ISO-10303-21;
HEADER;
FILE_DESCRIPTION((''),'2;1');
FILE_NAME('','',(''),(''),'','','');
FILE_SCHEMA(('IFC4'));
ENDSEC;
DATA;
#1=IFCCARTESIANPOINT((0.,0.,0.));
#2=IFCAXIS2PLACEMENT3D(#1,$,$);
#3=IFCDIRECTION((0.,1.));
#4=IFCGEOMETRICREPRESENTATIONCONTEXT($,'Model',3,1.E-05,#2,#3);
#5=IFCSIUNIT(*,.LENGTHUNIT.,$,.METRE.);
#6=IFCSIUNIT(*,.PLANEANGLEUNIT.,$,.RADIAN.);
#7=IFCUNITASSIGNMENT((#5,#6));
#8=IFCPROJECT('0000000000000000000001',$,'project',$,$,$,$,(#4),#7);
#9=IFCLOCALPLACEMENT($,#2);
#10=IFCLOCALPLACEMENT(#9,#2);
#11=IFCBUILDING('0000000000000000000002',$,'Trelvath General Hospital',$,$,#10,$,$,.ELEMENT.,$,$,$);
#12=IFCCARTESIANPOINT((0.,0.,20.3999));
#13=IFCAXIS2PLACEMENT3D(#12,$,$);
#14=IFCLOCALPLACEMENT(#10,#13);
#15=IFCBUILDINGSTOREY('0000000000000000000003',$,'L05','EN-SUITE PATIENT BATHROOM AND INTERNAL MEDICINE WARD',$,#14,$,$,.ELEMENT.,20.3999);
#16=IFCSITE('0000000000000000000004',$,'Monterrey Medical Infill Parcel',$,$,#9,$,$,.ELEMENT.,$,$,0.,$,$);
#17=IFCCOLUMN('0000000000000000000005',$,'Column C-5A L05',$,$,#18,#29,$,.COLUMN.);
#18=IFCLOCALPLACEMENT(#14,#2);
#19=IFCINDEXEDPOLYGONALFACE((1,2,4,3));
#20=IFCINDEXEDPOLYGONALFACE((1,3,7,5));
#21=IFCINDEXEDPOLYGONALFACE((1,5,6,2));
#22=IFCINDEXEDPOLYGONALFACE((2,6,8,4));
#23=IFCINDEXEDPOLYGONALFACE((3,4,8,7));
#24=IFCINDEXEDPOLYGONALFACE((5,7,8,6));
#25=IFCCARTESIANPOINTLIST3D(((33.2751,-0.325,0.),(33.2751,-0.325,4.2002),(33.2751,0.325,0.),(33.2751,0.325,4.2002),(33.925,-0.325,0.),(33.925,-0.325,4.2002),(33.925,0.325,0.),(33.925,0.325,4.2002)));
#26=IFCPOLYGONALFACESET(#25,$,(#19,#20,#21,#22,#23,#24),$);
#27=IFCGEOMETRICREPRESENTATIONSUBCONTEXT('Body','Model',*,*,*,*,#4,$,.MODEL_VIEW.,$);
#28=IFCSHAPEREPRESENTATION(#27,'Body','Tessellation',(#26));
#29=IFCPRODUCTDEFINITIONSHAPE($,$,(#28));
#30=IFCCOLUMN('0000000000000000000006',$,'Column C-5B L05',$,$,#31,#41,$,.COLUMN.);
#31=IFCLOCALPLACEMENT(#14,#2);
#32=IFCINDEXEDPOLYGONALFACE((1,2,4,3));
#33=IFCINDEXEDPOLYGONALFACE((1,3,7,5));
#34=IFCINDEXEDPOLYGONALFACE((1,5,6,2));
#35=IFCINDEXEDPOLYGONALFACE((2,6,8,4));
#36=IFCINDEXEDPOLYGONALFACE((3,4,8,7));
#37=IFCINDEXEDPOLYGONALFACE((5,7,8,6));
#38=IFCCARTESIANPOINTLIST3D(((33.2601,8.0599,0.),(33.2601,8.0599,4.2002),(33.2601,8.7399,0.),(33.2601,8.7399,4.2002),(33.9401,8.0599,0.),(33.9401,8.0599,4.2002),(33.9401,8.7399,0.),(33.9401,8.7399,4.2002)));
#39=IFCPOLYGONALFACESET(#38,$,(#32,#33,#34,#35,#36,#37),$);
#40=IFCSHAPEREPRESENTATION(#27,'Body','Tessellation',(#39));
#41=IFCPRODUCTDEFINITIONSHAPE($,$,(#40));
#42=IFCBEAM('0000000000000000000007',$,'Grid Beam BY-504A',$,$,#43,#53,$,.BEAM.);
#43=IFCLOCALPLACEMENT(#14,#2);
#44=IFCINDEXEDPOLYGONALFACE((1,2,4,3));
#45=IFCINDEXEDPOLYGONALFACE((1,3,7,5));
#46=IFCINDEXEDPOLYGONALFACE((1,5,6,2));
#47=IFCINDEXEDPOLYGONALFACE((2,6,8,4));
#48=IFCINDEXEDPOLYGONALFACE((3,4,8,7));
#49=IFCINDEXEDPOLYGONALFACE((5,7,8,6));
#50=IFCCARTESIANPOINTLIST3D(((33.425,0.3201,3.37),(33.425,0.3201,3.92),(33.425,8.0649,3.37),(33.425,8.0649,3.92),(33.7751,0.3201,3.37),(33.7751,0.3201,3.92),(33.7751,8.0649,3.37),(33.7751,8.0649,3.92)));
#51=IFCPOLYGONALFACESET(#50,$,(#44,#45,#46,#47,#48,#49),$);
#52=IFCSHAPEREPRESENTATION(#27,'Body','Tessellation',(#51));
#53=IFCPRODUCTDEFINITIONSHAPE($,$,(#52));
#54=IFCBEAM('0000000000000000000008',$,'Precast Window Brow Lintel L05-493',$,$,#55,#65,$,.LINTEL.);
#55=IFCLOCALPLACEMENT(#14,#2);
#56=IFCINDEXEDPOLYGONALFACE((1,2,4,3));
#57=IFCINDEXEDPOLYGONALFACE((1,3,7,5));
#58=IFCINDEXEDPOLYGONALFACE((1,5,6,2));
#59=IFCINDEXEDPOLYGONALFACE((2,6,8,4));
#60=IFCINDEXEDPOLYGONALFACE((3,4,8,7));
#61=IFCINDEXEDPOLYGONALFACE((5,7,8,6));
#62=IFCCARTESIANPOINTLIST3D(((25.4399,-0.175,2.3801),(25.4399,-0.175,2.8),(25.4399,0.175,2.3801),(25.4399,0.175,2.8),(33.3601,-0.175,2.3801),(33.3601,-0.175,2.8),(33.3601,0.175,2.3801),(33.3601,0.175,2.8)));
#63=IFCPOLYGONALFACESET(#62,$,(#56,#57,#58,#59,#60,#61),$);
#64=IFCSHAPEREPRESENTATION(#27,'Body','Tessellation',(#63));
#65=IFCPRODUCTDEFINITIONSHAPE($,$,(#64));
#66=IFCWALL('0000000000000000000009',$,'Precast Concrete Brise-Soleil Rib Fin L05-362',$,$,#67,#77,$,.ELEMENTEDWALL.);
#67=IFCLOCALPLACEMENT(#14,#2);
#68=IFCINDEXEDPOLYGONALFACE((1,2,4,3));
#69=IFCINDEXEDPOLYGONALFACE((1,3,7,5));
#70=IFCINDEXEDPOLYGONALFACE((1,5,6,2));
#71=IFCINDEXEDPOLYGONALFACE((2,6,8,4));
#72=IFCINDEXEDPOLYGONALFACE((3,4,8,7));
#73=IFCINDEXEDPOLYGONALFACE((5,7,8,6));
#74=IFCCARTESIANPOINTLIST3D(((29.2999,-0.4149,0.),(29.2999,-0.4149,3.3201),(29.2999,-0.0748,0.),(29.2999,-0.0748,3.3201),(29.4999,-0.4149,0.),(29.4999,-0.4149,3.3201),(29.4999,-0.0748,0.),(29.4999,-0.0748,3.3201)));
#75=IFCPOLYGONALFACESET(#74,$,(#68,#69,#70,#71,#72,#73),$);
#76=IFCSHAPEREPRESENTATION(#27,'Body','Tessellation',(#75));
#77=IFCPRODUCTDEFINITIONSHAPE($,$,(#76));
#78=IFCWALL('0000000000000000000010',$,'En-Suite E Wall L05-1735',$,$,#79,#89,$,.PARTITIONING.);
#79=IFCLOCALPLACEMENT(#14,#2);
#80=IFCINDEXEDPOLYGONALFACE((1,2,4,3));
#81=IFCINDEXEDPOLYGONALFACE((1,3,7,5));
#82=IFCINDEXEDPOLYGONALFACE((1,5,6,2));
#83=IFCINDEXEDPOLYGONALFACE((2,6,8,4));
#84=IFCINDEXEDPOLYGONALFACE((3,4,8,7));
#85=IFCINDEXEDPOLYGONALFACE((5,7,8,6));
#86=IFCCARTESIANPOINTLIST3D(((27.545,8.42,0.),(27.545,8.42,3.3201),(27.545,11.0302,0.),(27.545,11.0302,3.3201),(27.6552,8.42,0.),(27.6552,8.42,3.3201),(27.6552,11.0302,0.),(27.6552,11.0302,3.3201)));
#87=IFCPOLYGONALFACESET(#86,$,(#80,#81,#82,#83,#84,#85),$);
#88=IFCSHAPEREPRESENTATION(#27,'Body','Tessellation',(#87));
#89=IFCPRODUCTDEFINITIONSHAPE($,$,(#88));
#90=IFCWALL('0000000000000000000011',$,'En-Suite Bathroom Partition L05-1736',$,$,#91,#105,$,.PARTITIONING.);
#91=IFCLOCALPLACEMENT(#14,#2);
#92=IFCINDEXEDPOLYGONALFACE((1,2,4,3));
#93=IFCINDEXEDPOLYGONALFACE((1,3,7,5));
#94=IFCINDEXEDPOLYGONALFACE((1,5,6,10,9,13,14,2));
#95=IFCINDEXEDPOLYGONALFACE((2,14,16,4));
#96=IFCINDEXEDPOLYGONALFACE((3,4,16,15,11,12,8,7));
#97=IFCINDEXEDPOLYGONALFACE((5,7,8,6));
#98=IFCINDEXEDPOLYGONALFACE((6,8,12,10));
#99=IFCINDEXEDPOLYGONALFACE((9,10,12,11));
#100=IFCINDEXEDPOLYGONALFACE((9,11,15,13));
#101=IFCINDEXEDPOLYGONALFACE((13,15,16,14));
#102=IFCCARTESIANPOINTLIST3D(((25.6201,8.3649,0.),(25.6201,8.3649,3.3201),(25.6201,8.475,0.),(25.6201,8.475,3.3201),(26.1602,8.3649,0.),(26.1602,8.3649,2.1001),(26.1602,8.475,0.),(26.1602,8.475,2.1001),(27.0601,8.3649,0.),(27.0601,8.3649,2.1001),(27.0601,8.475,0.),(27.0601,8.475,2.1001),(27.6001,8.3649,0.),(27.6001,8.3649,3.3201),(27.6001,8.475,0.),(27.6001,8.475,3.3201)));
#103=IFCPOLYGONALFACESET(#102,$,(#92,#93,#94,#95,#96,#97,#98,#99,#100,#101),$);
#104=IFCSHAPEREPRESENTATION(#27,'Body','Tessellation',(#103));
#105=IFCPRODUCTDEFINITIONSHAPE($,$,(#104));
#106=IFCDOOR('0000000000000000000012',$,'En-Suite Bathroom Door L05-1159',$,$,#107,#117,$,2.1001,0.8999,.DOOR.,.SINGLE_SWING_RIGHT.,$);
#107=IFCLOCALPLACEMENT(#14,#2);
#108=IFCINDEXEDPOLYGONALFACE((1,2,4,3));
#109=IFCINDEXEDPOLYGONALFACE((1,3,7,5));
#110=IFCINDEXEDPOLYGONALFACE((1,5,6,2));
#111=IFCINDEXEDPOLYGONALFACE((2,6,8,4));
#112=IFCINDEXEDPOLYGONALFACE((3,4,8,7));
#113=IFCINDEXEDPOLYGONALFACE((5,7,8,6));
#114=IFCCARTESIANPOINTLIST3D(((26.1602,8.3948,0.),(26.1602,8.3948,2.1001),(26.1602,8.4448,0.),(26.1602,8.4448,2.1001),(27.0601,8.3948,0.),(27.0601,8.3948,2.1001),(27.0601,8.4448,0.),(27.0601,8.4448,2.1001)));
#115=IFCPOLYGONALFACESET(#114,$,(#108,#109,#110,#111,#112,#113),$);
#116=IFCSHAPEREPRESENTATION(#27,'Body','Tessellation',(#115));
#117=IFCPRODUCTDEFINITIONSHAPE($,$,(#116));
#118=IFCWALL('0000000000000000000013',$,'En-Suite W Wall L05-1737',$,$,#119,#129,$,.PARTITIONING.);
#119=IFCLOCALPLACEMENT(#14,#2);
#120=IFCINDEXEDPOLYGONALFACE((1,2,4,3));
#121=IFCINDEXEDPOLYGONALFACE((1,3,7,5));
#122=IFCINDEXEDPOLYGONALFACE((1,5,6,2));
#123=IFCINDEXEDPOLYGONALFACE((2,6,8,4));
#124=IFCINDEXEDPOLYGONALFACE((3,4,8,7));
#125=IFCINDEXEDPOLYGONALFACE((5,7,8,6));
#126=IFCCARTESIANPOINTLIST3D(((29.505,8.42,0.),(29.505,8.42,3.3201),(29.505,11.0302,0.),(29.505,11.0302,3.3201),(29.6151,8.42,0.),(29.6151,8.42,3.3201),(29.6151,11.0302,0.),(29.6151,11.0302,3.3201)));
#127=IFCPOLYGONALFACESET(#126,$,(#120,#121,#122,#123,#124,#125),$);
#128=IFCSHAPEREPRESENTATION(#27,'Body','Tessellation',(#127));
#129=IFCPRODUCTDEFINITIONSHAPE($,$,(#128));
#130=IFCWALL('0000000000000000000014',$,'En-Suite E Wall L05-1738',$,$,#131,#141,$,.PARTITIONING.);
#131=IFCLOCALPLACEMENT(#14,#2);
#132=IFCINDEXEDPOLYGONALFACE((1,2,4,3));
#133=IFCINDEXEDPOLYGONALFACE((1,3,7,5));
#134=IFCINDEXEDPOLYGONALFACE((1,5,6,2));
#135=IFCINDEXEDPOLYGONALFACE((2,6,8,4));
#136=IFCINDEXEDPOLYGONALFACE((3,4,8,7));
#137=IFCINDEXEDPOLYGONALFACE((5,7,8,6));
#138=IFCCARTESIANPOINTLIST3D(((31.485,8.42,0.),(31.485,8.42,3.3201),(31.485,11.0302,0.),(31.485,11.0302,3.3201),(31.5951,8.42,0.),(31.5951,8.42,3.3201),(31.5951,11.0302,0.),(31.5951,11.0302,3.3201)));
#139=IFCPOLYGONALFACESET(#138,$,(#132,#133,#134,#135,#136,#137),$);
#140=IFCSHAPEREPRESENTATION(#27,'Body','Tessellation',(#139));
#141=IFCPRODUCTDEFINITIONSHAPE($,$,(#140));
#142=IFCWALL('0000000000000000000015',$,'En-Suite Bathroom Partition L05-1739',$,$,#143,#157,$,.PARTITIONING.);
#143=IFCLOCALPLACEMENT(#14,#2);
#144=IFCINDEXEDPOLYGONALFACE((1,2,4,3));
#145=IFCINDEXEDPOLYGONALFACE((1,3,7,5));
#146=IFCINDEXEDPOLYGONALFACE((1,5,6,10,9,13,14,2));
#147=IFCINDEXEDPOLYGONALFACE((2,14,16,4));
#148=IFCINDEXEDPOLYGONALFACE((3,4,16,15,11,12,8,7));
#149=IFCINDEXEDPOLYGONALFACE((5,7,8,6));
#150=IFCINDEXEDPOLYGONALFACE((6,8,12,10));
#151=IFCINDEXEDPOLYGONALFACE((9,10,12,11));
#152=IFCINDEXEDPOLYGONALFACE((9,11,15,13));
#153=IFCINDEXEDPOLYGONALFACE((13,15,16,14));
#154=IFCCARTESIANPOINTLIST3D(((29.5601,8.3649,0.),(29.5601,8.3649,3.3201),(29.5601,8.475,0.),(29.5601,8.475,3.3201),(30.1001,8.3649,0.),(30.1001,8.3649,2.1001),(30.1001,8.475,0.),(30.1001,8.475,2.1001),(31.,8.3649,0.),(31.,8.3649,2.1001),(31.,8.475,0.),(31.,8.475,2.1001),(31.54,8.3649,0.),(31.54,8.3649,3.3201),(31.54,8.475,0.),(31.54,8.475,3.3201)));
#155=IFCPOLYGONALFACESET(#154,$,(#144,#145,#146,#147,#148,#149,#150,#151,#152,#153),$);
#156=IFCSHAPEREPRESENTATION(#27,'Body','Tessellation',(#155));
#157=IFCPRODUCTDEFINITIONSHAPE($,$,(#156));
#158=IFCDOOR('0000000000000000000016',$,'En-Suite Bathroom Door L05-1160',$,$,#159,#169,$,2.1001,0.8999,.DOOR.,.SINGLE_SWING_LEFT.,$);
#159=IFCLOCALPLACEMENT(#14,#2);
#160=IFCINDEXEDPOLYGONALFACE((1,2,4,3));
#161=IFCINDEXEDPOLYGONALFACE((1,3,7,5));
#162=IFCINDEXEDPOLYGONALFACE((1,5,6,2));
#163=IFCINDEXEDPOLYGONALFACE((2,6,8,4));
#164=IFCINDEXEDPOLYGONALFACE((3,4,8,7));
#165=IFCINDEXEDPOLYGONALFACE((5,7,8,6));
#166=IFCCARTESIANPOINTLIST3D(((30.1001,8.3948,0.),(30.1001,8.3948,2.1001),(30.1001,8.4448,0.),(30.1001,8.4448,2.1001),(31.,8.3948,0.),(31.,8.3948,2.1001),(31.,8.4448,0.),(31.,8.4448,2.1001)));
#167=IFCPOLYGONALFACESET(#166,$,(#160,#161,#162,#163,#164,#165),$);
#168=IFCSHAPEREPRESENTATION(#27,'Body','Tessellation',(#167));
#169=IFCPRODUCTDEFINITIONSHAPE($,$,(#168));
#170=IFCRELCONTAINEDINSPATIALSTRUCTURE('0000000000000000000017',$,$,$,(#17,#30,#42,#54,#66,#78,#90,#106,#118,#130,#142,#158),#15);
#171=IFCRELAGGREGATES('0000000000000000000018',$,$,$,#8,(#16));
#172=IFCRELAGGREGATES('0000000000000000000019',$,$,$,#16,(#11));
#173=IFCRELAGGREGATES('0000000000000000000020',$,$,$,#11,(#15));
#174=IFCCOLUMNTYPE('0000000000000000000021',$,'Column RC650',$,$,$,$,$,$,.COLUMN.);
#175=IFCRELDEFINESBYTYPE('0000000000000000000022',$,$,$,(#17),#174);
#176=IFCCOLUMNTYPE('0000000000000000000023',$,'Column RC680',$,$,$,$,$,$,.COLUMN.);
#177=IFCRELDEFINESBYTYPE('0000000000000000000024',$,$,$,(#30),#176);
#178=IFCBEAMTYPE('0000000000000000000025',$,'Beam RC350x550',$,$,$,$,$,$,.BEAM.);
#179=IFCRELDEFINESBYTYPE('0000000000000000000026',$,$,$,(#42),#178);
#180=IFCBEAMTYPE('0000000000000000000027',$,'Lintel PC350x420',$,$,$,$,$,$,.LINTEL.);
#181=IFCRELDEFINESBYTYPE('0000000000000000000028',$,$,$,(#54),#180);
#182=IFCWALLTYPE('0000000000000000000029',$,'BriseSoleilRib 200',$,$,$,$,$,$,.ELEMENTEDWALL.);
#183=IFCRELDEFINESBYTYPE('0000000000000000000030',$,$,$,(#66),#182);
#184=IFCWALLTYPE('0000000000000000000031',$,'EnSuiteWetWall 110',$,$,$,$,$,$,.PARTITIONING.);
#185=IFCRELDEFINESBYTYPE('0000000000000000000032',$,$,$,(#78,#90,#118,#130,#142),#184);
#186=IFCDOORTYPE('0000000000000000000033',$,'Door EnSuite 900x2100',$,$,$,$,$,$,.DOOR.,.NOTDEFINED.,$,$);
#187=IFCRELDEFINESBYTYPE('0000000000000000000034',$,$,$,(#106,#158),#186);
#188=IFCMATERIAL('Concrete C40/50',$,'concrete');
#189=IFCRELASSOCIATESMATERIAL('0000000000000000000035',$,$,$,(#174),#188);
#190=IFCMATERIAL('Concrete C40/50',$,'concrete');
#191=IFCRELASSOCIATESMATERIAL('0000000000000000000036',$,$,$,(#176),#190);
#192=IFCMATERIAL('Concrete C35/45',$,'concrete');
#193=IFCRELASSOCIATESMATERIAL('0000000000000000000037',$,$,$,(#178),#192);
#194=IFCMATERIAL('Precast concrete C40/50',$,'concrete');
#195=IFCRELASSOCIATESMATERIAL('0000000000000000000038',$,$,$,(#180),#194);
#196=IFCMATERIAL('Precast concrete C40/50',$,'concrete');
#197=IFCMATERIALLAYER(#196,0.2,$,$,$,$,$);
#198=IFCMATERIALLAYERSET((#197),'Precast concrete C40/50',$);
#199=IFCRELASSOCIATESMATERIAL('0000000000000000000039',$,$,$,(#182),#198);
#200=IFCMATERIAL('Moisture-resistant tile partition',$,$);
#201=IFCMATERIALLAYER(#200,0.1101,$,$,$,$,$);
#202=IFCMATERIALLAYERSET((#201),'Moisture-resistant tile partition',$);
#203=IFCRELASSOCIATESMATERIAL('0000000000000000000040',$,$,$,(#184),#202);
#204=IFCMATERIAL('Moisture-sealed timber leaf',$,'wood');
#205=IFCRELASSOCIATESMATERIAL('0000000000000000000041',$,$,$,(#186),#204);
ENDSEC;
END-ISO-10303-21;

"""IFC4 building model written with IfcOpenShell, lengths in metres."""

from ifc_helpers import new_model, si_unit, direction, frame, frame_2d, origin, origin_2d, place, context, subcontext, project, spatial, rectangle, extrude, material, layer, layer_set, material_profile, profile_set, type_object, element, fill, save


model = new_model("IFC4")

# Units and contexts
model_context = context("Model", 3, precision=1e-05, world=origin(), true_north=direction((0.0, 1.0)))
body_context = subcontext(model_context, "Body", "Model", "MODEL_VIEW")
ifc_project = project(units=[si_unit("LENGTHUNIT", "METRE"), si_unit("PLANEANGLEUNIT", "RADIAN")], contexts=[model_context])

# Site, building, storey
site_placement = place(None, origin())
site = spatial("IfcSite", under=ifc_project, at=site_placement, Name="Monterrey Medical Infill Parcel", CompositionType="ELEMENT", RefElevation=0.0)
building_placement = place(site_placement, origin())
building = spatial("IfcBuilding", under=site, at=building_placement, Name="Trelvath General Hospital", CompositionType="ELEMENT")
storey_placement = place(building_placement, frame((0.0, 0.0, 20.3999)))
storey = spatial("IfcBuildingStorey", under=building, at=storey_placement, Name="L05", Description="EN-SUITE PATIENT BATHROOM AND INTERNAL MEDICINE WARD", CompositionType="ELEMENT", Elevation=20.3999)

# Columns
ifc_material_1 = material(Name="Concrete C40/50", Category="concrete")
ifc_material_profile_1 = material_profile(ifc_material_1, rectangle(XDim=0.6499, YDim=0.6499, at=origin_2d()), Name="RC650x650")
ifc_profile_set_1 = profile_set([ifc_material_profile_1], Name="Concrete C40/50")
column_type_1 = type_object("IfcColumnType", Name="Column RC650", PredefinedType="COLUMN", material=ifc_profile_set_1)
column_1_placement = place(storey_placement, frame((33.6001, 0.0, 0.0), z_axis=(0.0, 0.0, 1.0), x_axis=(1.0, 0.0, 0.0)))
element("IfcColumn", 1, at=column_1_placement, inside=storey, type_object=column_type_1, Name="Column C-5A L05", PredefinedType="COLUMN", context=body_context, shape_type="SweptSolid", body=[
    extrude(rectangle(XDim=0.6499, YDim=0.6499, at=origin_2d()), origin(), (0.0, 0.0, 1.0), 4.2002),
])
ifc_material_2 = material(Name="Concrete C40/50", Category="concrete")
ifc_material_profile_2 = material_profile(ifc_material_2, rectangle(XDim=0.6799, YDim=0.6799, at=origin_2d()), Name="RC680x680")
ifc_profile_set_2 = profile_set([ifc_material_profile_2], Name="Concrete C40/50")
column_type_2 = type_object("IfcColumnType", Name="Column RC680", PredefinedType="COLUMN", material=ifc_profile_set_2)
column_2_placement = place(storey_placement, frame((33.6001, 8.3999, 0.0), z_axis=(0.0, 0.0, 1.0), x_axis=(1.0, 0.0, 0.0)))
element("IfcColumn", 2, at=column_2_placement, inside=storey, type_object=column_type_2, Name="Column C-5B L05", PredefinedType="COLUMN", context=body_context, shape_type="SweptSolid", body=[
    extrude(rectangle(XDim=0.6799, YDim=0.6799, at=origin_2d()), origin(), (0.0, 0.0, 1.0), 4.2002),
])

# Beams
ifc_material_3 = material(Name="Concrete C35/45", Category="concrete")
ifc_material_profile_3 = material_profile(ifc_material_3, rectangle(XDim=0.3501, YDim=0.55, at=origin_2d()), Name="RCB350x550")
ifc_profile_set_3 = profile_set([ifc_material_profile_3], Name="Concrete C35/45")
beam_type_1 = type_object("IfcBeamType", Name="Beam RC350x550", PredefinedType="BEAM", material=ifc_profile_set_3)
beam_1_placement = place(storey_placement, frame((33.6001, 0.3201, 3.645), z_axis=(0.0, 1.0, 0.0), x_axis=(-1.0, 0.0, 0.0)))
element("IfcBeam", 3, at=beam_1_placement, inside=storey, type_object=beam_type_1, Name="Grid Beam BY-504A", PredefinedType="BEAM", context=body_context, shape_type="SweptSolid", body=[
    extrude(rectangle(XDim=0.3501, YDim=0.55, at=origin_2d()), origin(), (0.0, 0.0, 1.0), 7.7449),
])
ifc_material_4 = material(Name="Precast concrete C40/50", Category="concrete")
ifc_material_profile_4 = material_profile(ifc_material_4, rectangle(XDim=0.3501, YDim=0.4199, at=origin_2d()), Name="PCL350x420")
ifc_profile_set_4 = profile_set([ifc_material_profile_4], Name="Precast concrete C40/50")
beam_type_2 = type_object("IfcBeamType", Name="Lintel PC350x420", PredefinedType="LINTEL", material=ifc_profile_set_4)
beam_2_placement = place(storey_placement, frame((33.3601, 0.0, 2.5901), z_axis=(-1.0, 0.0, 0.0), x_axis=(0.0, -1.0, 0.0)))
element("IfcBeam", 4, at=beam_2_placement, inside=storey, type_object=beam_type_2, Name="Precast Window Brow Lintel L05-493", PredefinedType="LINTEL", context=body_context, shape_type="SweptSolid", body=[
    extrude(rectangle(XDim=0.3501, YDim=0.4199, at=origin_2d()), origin(), (0.0, 0.0, 1.0), 7.9202),
])

# Walls
ifc_material_5 = material(Name="Precast concrete C40/50", Category="concrete")
ifc_layer_1 = layer(ifc_material_5, 0.2)
ifc_layer_set_1 = layer_set([ifc_layer_1], Name="Precast concrete C40/50")
wall_type_1 = type_object("IfcWallType", Name="BriseSoleilRib 200", PredefinedType="ELEMENTEDWALL", material=ifc_layer_set_1)
wall_1_placement = place(storey_placement, frame((29.3999, -0.075, 0.0), z_axis=(0.0, 0.0, 1.0), x_axis=(0.0, -1.0, 0.0)))
element("IfcWall", 5, at=wall_1_placement, inside=storey, type_object=wall_type_1, Name="Precast Concrete Brise-Soleil Rib Fin L05-362", PredefinedType="ELEMENTEDWALL", context=body_context, shape_type="SweptSolid", body=[
    extrude(rectangle(XDim=0.3401, YDim=0.2, at=frame_2d((0.1699, 0.0))), origin(), (0.0, 0.0, 1.0), 3.3201),
])
ifc_material_6 = material(Name="Moisture-resistant tile partition")
ifc_layer_2 = layer(ifc_material_6, 0.1101)
ifc_layer_set_2 = layer_set([ifc_layer_2], Name="Moisture-resistant tile partition")
wall_type_2 = type_object("IfcWallType", Name="EnSuiteWetWall 110", PredefinedType="PARTITIONING", material=ifc_layer_set_2)
wall_2_placement = place(storey_placement, frame((27.6001, 8.4199, 0.0), z_axis=(0.0, 0.0, 1.0), x_axis=(0.0, 1.0, 0.0)))
element("IfcWall", 6, at=wall_2_placement, inside=storey, type_object=wall_type_2, Name="En-Suite E Wall L05-1735", PredefinedType="PARTITIONING", context=body_context, shape_type="SweptSolid", body=[
    extrude(rectangle(XDim=2.6101, YDim=0.1101, at=frame_2d((1.3052, 0.0))), origin(), (0.0, 0.0, 1.0), 3.3201),
])

# Wall, opening, door
wall_3_placement = place(storey_placement, frame((25.6201, 8.4199, 0.0), z_axis=(0.0, 0.0, 1.0), x_axis=(1.0, 0.0, 0.0)))
wall_3 = element("IfcWall", 7, at=wall_3_placement, inside=storey, type_object=wall_type_2, Name="En-Suite Bathroom Partition L05-1736", PredefinedType="PARTITIONING", context=body_context, shape_type="SweptSolid", body=[
    extrude(rectangle(XDim=1.98, YDim=0.1101, at=frame_2d((0.99, 0.0))), origin(), (0.0, 0.0, 1.0), 3.3201),
])
opening_1_placement = place(wall_3_placement, frame((0.54, 0.0, 0.0)))
opening_1 = element("IfcOpeningElement", 8, at=opening_1_placement, cuts=wall_3, PredefinedType="OPENING", context=body_context, shape_type="SweptSolid", body=[
    extrude(rectangle(XDim=0.8999, YDim=2.1001, at=frame_2d((0.45, 1.05))), frame((0.0, 0.0649, 0.0), z_axis=(0.0, -1.0, 0.0), x_axis=(1.0, 0.0, 0.0)), (0.0, 0.0, 1.0), 0.1301),
])
ifc_material_7 = material(Name="Moisture-sealed timber leaf", Category="wood")
door_type = type_object("IfcDoorType", Name="Door EnSuite 900x2100", OperationType="NOTDEFINED", PredefinedType="DOOR", material=ifc_material_7)
door_1_placement = place(opening_1_placement, origin())
door_1 = element("IfcDoor", 9, at=door_1_placement, inside=storey, type_object=door_type, Name="En-Suite Bathroom Door L05-1159", OperationType="SINGLE_SWING_RIGHT", OverallHeight=2.1001, OverallWidth=0.8999, PredefinedType="DOOR", context=body_context, shape_type="SweptSolid", body=[
    extrude(rectangle(XDim=0.8999, YDim=2.1001, at=frame_2d((0.45, 1.05))), frame((0.0, 0.0249, 0.0), z_axis=(0.0, -1.0, 0.0), x_axis=(1.0, 0.0, 0.0)), (0.0, 0.0, 1.0), 0.05),
])
fill(opening_1, door_1)

# Walls
for number, where, z_axis, x_axis, name in (
    (10, (29.5601, 8.4199, 0.0), (0.0, 0.0, 1.0), (0.0, 1.0, 0.0), "En-Suite W Wall L05-1737"),
    (11, (31.54, 8.4199, 0.0), (0.0, 0.0, 1.0), (0.0, 1.0, 0.0), "En-Suite E Wall L05-1738"),
):
    element("IfcWall", number, at=place(storey_placement, frame(where, z_axis=z_axis, x_axis=x_axis)), inside=storey, type_object=wall_type_2, Name=name, PredefinedType="PARTITIONING", context=body_context, shape_type="SweptSolid", body=[
        extrude(rectangle(XDim=2.6101, YDim=0.1101, at=frame_2d((1.3052, 0.0))), origin(), (0.0, 0.0, 1.0), 3.3201),
    ])

# Wall, opening, door
wall_4_placement = place(storey_placement, frame((29.5601, 8.4199, 0.0), z_axis=(0.0, 0.0, 1.0), x_axis=(1.0, 0.0, 0.0)))
wall_4 = element("IfcWall", 12, at=wall_4_placement, inside=storey, type_object=wall_type_2, Name="En-Suite Bathroom Partition L05-1739", PredefinedType="PARTITIONING", context=body_context, shape_type="SweptSolid", body=[
    extrude(rectangle(XDim=1.98, YDim=0.1101, at=frame_2d((0.99, 0.0))), origin(), (0.0, 0.0, 1.0), 3.3201),
])
opening_2_placement = place(wall_4_placement, frame((0.54, 0.0, 0.0)))
opening_2 = element("IfcOpeningElement", 13, at=opening_2_placement, cuts=wall_4, PredefinedType="OPENING", context=body_context, shape_type="SweptSolid", body=[
    extrude(rectangle(XDim=0.8999, YDim=2.1001, at=frame_2d((0.45, 1.05))), frame((0.0, 0.0649, 0.0), z_axis=(0.0, -1.0, 0.0), x_axis=(1.0, 0.0, 0.0)), (0.0, 0.0, 1.0), 0.1301),
])
door_2_placement = place(opening_2_placement, origin())
door_2 = element("IfcDoor", 14, at=door_2_placement, inside=storey, type_object=door_type, Name="En-Suite Bathroom Door L05-1160", OperationType="SINGLE_SWING_LEFT", OverallHeight=2.1001, OverallWidth=0.8999, PredefinedType="DOOR", context=body_context, shape_type="SweptSolid", body=[
    extrude(rectangle(XDim=0.8999, YDim=2.1001, at=frame_2d((0.45, 1.05))), frame((0.0, 0.0249, 0.0), z_axis=(0.0, -1.0, 0.0), x_axis=(1.0, 0.0, 0.0)), (0.0, 0.0, 1.0), 0.05),
])
fill(opening_2, door_2)

save(model, "model.ifc")
